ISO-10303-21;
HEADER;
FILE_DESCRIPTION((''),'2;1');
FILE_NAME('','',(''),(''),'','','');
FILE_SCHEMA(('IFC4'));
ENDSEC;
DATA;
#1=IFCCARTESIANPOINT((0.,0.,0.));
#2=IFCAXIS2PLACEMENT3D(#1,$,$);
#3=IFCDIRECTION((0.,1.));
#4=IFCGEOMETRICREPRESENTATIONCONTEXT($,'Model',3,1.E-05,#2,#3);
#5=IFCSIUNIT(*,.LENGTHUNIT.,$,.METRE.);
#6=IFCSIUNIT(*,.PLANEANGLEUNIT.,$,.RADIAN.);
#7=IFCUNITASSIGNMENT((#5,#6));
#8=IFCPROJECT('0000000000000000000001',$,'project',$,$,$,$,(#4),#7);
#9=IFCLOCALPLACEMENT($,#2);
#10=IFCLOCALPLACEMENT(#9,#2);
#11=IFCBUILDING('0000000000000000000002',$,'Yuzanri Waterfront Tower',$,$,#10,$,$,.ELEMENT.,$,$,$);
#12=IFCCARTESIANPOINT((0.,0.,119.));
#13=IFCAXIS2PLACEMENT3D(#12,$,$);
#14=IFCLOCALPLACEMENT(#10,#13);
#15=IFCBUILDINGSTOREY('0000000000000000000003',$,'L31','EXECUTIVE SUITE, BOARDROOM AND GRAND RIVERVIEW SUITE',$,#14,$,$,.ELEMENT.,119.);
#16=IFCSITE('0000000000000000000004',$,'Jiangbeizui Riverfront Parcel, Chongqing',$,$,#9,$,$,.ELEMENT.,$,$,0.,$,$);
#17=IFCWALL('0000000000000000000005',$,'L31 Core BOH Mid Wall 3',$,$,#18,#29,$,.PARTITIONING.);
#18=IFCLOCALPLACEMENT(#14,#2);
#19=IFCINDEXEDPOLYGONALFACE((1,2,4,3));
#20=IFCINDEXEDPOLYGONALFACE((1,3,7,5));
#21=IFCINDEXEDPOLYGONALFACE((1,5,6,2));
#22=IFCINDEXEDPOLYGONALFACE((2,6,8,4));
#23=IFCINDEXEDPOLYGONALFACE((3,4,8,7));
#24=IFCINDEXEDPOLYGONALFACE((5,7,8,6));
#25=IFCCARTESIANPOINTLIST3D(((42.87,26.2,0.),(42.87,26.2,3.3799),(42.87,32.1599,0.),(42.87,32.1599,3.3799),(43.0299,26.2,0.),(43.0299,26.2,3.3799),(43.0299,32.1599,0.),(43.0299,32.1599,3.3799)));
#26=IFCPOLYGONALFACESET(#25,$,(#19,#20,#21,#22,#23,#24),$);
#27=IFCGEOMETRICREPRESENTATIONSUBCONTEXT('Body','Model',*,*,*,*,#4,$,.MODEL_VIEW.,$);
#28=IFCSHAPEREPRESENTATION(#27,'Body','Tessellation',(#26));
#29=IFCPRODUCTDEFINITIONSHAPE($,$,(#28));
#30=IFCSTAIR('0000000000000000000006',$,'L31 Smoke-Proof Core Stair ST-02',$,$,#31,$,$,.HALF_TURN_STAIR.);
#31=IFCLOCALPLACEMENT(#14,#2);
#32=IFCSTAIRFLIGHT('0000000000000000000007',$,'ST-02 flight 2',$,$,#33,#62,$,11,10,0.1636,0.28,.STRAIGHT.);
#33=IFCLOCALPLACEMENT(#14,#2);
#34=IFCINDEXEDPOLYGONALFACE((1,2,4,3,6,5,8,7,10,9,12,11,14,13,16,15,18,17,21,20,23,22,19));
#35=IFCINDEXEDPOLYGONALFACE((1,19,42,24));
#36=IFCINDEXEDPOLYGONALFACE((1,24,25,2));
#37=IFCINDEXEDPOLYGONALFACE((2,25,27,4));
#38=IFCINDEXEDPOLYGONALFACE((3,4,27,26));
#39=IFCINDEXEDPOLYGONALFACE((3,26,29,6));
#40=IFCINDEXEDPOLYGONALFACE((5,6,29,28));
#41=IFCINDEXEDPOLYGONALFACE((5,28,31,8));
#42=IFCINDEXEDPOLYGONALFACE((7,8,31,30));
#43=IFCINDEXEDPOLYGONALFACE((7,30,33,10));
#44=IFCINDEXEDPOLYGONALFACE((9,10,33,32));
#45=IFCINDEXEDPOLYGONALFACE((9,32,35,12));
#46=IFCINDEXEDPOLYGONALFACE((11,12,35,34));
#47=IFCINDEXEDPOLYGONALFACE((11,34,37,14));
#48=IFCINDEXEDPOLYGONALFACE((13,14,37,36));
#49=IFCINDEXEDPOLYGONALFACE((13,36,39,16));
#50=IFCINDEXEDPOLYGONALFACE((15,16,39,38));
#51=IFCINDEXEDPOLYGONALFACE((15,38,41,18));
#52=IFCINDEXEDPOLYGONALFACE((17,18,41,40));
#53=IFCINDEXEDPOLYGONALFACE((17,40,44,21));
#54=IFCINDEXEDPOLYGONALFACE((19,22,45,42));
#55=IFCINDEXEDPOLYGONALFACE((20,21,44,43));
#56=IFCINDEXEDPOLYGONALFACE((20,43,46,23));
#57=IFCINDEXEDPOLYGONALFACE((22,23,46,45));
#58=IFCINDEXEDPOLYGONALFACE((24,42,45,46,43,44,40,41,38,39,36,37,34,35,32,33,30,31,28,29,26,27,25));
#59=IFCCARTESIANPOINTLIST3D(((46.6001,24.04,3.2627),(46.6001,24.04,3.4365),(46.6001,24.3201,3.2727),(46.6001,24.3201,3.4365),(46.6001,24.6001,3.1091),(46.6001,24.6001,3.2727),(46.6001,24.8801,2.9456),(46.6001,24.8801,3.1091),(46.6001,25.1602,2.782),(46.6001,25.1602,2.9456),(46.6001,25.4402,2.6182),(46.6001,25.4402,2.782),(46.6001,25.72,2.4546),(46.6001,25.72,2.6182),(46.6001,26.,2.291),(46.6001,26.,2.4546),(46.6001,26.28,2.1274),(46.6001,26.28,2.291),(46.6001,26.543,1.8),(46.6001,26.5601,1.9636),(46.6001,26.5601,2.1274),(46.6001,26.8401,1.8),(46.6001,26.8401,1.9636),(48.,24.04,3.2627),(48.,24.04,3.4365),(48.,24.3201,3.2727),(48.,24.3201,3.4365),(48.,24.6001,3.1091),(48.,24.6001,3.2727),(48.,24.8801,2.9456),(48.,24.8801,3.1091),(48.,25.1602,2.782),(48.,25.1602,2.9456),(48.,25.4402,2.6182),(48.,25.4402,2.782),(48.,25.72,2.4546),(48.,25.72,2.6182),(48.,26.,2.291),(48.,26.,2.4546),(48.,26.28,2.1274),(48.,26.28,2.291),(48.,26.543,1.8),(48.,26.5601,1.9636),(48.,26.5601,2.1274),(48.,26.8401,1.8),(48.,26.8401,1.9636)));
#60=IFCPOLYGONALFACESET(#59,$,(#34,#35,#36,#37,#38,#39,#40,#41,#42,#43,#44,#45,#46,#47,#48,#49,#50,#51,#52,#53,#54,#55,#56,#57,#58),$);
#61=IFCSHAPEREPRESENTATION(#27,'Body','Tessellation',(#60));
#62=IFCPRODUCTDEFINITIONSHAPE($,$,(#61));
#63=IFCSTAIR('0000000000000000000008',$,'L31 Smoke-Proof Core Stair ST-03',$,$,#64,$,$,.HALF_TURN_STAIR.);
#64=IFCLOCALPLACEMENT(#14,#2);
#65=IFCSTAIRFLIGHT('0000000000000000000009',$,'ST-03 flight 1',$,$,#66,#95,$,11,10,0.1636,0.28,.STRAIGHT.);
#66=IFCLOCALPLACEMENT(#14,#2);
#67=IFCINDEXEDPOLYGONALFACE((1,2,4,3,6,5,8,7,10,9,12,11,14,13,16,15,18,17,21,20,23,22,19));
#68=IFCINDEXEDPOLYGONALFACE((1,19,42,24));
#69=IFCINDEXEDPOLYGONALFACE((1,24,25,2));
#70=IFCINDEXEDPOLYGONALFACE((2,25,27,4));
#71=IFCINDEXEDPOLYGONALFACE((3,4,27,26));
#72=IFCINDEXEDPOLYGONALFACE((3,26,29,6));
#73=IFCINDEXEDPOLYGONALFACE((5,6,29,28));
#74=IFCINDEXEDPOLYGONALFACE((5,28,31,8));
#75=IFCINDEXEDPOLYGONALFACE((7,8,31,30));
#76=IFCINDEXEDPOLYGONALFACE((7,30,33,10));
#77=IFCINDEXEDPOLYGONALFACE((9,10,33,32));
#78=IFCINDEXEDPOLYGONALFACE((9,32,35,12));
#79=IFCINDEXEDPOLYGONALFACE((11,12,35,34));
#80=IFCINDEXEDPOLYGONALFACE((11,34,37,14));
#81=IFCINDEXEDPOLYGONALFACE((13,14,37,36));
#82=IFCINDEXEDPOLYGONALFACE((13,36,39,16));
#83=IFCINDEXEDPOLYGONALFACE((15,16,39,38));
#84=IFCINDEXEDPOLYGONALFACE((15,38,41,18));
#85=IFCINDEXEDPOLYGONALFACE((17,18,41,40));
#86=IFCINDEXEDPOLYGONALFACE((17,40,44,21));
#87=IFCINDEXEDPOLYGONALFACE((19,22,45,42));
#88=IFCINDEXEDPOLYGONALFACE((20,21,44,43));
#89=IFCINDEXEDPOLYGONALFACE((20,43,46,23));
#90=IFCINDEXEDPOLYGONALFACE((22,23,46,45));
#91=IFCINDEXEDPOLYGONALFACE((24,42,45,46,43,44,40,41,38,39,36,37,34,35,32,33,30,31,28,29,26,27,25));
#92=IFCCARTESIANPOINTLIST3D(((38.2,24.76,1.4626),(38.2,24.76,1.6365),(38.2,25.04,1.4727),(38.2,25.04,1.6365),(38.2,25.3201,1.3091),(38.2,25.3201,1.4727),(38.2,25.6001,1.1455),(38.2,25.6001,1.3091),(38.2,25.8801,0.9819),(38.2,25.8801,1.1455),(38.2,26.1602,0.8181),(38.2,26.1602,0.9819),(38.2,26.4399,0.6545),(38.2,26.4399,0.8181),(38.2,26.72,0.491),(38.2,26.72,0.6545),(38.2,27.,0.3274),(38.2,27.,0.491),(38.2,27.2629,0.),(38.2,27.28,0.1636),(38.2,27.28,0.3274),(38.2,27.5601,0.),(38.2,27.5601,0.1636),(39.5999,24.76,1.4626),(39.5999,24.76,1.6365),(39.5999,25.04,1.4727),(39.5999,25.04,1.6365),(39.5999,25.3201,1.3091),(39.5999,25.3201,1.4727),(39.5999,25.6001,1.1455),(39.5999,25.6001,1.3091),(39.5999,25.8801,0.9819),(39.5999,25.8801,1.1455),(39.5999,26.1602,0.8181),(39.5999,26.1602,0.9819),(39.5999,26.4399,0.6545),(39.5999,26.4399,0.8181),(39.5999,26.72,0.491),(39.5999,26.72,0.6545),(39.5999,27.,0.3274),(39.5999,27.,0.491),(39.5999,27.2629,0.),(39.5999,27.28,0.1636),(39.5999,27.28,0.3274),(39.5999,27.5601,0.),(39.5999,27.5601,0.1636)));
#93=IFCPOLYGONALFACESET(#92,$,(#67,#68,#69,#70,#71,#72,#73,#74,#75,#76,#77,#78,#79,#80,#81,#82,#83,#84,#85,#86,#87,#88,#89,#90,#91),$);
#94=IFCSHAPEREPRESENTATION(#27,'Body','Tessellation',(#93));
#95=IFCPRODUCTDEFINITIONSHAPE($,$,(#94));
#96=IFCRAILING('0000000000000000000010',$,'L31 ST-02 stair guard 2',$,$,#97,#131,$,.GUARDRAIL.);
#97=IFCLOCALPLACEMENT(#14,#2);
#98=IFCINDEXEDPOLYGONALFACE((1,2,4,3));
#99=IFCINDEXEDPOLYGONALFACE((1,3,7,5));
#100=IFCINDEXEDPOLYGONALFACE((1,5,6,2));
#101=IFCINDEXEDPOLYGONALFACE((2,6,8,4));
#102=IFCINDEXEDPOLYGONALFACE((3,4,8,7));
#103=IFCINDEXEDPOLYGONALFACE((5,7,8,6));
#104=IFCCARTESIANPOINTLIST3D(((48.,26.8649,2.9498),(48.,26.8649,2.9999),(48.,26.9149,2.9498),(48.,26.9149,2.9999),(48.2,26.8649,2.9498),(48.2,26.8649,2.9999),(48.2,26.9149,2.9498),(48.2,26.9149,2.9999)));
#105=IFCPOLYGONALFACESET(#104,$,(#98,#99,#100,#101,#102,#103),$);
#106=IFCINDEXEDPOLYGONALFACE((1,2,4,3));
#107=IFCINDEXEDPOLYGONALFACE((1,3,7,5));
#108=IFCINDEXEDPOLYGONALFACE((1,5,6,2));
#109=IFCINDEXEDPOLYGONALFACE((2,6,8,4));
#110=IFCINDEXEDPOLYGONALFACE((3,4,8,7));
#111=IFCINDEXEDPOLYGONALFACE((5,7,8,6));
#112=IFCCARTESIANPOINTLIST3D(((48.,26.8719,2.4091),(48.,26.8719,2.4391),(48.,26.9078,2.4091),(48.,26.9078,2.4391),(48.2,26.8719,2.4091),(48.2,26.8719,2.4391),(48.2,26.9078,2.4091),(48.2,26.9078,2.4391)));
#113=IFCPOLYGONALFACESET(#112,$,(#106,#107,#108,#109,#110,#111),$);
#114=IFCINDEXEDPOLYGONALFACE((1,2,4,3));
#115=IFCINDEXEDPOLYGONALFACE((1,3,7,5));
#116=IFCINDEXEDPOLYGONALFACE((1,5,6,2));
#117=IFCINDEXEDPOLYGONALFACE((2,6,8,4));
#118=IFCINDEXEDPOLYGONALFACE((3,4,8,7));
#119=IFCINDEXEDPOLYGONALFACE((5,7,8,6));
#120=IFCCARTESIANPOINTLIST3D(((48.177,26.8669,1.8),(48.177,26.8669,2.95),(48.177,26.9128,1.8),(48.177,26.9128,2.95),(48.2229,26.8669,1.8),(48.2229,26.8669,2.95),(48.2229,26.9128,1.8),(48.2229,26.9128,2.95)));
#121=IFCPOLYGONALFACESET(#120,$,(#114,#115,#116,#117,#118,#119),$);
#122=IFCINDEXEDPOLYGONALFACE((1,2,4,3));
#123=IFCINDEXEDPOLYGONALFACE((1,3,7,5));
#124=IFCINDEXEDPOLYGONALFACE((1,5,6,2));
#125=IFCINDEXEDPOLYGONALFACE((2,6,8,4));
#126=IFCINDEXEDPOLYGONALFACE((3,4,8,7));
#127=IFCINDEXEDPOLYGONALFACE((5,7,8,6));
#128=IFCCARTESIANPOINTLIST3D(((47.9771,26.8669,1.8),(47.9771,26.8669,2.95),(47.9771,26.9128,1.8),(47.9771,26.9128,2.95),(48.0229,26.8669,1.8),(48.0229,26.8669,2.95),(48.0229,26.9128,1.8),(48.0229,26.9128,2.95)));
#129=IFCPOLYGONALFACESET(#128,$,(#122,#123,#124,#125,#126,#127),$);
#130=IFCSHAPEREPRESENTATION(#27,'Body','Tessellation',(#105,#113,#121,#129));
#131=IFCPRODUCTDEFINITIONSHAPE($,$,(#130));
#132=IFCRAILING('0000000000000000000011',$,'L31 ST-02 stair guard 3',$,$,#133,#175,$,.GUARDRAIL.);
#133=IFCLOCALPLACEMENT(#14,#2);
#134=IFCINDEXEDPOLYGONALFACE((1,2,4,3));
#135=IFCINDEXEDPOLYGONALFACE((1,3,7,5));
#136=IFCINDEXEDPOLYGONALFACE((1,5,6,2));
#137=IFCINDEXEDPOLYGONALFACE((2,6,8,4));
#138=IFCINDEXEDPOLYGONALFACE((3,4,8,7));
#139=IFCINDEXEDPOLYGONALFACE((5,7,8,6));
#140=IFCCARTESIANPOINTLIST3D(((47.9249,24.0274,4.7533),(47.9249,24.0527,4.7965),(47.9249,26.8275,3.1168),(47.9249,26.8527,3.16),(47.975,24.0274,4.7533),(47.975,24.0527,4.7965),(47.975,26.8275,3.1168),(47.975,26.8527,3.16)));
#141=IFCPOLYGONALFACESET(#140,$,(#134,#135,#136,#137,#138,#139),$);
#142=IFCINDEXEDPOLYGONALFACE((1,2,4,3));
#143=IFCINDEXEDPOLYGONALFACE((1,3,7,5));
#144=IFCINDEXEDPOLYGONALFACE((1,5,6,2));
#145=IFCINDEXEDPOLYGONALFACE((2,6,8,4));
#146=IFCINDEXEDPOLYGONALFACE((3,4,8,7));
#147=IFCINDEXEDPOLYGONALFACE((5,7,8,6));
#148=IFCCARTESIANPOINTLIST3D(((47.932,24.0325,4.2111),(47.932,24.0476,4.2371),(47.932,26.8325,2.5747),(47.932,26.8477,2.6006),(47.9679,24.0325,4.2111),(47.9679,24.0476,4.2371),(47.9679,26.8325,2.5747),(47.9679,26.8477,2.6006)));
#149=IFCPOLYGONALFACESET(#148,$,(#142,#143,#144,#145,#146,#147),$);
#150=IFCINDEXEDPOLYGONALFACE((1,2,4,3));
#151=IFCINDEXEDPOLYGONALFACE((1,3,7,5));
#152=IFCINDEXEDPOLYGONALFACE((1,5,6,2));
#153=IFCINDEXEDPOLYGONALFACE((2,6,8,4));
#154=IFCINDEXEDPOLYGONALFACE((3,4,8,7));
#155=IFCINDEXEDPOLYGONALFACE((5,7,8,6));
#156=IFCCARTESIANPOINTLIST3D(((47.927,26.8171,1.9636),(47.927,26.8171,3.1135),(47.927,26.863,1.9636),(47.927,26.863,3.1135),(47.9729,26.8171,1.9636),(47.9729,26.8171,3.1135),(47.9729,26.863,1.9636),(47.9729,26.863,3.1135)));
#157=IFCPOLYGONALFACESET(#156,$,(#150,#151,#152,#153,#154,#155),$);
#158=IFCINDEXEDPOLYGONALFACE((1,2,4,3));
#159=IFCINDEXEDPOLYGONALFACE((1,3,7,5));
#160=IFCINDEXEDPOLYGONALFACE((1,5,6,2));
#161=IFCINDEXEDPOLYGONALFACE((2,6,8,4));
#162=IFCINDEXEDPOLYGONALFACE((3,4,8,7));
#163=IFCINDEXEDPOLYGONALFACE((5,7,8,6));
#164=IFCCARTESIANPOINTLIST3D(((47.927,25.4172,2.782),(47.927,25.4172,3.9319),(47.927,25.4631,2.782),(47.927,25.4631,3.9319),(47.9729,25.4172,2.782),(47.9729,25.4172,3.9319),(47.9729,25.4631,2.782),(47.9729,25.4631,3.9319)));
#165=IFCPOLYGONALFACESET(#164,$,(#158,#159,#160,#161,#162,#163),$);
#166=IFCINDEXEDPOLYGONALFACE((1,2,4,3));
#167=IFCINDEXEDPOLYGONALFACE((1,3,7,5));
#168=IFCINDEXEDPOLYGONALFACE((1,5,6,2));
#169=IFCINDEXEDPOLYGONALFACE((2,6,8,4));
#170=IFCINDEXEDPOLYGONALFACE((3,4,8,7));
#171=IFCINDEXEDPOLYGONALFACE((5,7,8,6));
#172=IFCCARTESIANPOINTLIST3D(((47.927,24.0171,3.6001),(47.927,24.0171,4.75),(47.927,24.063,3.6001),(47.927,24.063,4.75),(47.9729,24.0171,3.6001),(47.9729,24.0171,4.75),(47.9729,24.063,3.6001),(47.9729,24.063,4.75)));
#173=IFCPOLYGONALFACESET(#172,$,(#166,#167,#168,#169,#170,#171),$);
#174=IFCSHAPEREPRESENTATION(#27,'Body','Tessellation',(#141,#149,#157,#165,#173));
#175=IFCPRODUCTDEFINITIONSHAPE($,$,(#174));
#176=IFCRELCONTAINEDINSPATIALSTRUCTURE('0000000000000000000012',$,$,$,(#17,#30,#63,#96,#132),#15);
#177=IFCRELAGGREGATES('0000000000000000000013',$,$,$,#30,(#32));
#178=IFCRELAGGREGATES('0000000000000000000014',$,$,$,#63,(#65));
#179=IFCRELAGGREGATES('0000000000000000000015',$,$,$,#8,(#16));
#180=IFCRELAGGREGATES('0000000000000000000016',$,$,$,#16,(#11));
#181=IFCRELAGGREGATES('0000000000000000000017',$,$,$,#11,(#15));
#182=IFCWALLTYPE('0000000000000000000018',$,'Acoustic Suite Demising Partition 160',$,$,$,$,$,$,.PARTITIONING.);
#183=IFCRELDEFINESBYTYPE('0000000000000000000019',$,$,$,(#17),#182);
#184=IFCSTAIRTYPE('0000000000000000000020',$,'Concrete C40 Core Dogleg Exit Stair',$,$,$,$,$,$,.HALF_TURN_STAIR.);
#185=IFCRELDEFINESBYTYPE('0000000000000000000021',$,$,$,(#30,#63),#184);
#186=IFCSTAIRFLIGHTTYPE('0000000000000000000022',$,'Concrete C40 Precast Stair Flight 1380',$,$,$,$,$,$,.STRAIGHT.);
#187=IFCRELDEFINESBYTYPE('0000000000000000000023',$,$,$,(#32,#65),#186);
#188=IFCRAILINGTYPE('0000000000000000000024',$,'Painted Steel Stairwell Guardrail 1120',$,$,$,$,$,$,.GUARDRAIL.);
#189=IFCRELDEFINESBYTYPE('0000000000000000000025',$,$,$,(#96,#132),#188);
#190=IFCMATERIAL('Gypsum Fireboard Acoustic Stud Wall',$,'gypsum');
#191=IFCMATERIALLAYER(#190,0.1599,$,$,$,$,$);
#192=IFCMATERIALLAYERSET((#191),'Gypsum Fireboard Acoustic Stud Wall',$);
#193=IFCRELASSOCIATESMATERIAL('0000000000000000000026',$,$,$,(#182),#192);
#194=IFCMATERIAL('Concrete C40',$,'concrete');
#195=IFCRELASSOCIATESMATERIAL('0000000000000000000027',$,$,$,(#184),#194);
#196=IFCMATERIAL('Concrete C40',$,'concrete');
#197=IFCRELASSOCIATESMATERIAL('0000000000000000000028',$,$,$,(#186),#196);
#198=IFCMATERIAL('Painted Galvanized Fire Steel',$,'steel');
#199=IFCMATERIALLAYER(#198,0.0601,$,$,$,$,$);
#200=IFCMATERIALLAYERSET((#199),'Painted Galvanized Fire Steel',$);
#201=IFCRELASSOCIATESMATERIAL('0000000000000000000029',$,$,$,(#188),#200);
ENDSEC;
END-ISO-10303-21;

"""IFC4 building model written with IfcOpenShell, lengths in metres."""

from ifc_helpers import new_model, si_unit, direction, frame, frame_2d, origin, origin_2d, place, context, subcontext, project, spatial, polyline, rectangle, outline, extrude, source, transform, mapped, material, layer, layer_set, type_object, element, aggregate, save


model = new_model("IFC4")

# Units and contexts
model_context = context("Model", 3, precision=1e-05, world=origin(), true_north=direction((0.0, 1.0)))
body_context = subcontext(model_context, "Body", "Model", "MODEL_VIEW")
ifc_project = project(units=[si_unit("LENGTHUNIT", "METRE"), si_unit("PLANEANGLEUNIT", "RADIAN")], contexts=[model_context])

# Site, building, storey
site_placement = place(None, origin())
site = spatial("IfcSite", under=ifc_project, at=site_placement, Name="Jiangbeizui Riverfront Parcel, Chongqing", CompositionType="ELEMENT", RefElevation=0.0)
building_placement = place(site_placement, origin())
building = spatial("IfcBuilding", under=site, at=building_placement, Name="Yuzanri Waterfront Tower", CompositionType="ELEMENT")
storey_placement = place(building_placement, frame((0.0, 0.0, 119.0)))
storey = spatial("IfcBuildingStorey", under=building, at=storey_placement, Name="L31", Description="EXECUTIVE SUITE, BOARDROOM AND GRAND RIVERVIEW SUITE", CompositionType="ELEMENT", Elevation=119.0)

# Wall
ifc_material_1 = material(Name="Gypsum Fireboard Acoustic Stud Wall", Category="gypsum")
ifc_layer_1 = layer(ifc_material_1, 0.1599)
ifc_layer_set_1 = layer_set([ifc_layer_1], Name="Gypsum Fireboard Acoustic Stud Wall")
wall_type_1 = type_object("IfcWallType", Name="Acoustic Suite Demising Partition 160", PredefinedType="PARTITIONING", material=ifc_layer_set_1)
shared_shape_1 = source(origin(), body_context, "Body", "SweptSolid", [
    extrude(rectangle(XDim=5.96, YDim=0.1599, at=frame_2d((2.98, 0.0))), origin(), (0.0, 0.0, 1.0), 3.3799),
])
wall_1_placement = place(storey_placement, frame((42.95, 26.2, 0.0), z_axis=(0.0, 0.0, 1.0), x_axis=(0.0, 1.0, 0.0)))
element("IfcWall", 1, at=wall_1_placement, inside=storey, type_object=wall_type_1, Name="L31 Core BOH Mid Wall 3", PredefinedType="PARTITIONING", context=body_context, shape_type="MappedRepresentation", body=[
    mapped(shared_shape_1, transform((0.0, 0.0, 0.0), scale=1.0)),
])

# Stairs, stair flights
ifc_material_2 = material(Name="Concrete C40", Category="concrete")
stair_type = type_object("IfcStairType", Name="Concrete C40 Core Dogleg Exit Stair", PredefinedType="HALF_TURN_STAIR", material=ifc_material_2)
stair_1_placement = place(storey_placement, origin())
stair_1 = element("IfcStair", 2, at=stair_1_placement, inside=storey, type_object=stair_type, Name="L31 Smoke-Proof Core Stair ST-02", PredefinedType="HALF_TURN_STAIR")
ifc_material_3 = material(Name="Concrete C40", Category="concrete")
stair_flight_type = type_object("IfcStairFlightType", Name="Concrete C40 Precast Stair Flight 1380", PredefinedType="STRAIGHT", material=ifc_material_3)
shared_shape_2 = source(origin(), body_context, "Body", "SweptSolid", [
    extrude(outline(polyline([(0.0, 0.0), (0.0, 0.1636), (0.28, 0.1636), (0.28, 0.3274), (0.5601, 0.3274), (0.5601, 0.491), (0.8401, 0.491), (0.8401, 0.6545), (1.1201, 0.6545), (1.1201, 0.8181), (1.3999, 0.8181), (1.3999, 0.9819), (1.6799, 0.9819), (1.6799, 1.1455), (1.96, 1.1455), (1.96, 1.3091), (2.24, 1.3091), (2.24, 1.4727), (2.52, 1.4727), (2.52, 1.6365), (2.8, 1.6365), (2.8, 1.8), (2.8, 1.4626), (0.2971, 0.0), (0.0, 0.0)])), frame((0.0, 0.7, 0.0), z_axis=(0.0, -1.0, 0.0), x_axis=(1.0, 0.0, 0.0)), (0.0, 0.0, 1.0), 1.3999),
])
stair_flight_1_placement = place(storey_placement, frame((47.3, 26.8401, 1.8), z_axis=(0.0, 0.0, 1.0), x_axis=(0.0, -1.0, 0.0)))
stair_flight_1 = element("IfcStairFlight", 3, at=stair_flight_1_placement, type_object=stair_flight_type, Name="ST-02 flight 2", NumberOfRisers=11, NumberOfTreads=10, PredefinedType="STRAIGHT", RiserHeight=0.1636, TreadLength=0.28, context=body_context, shape_type="MappedRepresentation", body=[
    mapped(shared_shape_2, transform((0.0, 0.0, 0.0), scale=1.0)),
])
aggregate(stair_1, [stair_flight_1])
stair_2_placement = place(storey_placement, origin())
stair_2 = element("IfcStair", 4, at=stair_2_placement, inside=storey, type_object=stair_type, Name="L31 Smoke-Proof Core Stair ST-03", PredefinedType="HALF_TURN_STAIR")
stair_flight_2_placement = place(storey_placement, frame((38.8999, 27.5601, 0.0), z_axis=(0.0, 0.0, 1.0), x_axis=(0.0, -1.0, 0.0)))
stair_flight_2 = element("IfcStairFlight", 5, at=stair_flight_2_placement, type_object=stair_flight_type, Name="ST-03 flight 1", NumberOfRisers=11, NumberOfTreads=10, PredefinedType="STRAIGHT", RiserHeight=0.1636, TreadLength=0.28, context=body_context, shape_type="MappedRepresentation", body=[
    mapped(shared_shape_2, transform((0.0, 0.0, 0.0), scale=1.0)),
])
aggregate(stair_2, [stair_flight_2])

# Railings
ifc_material_4 = material(Name="Painted Galvanized Fire Steel", Category="steel")
ifc_layer_2 = layer(ifc_material_4, 0.0601)
ifc_layer_set_2 = layer_set([ifc_layer_2], Name="Painted Galvanized Fire Steel")
railing_type_1 = type_object("IfcRailingType", Name="Painted Steel Stairwell Guardrail 1120", PredefinedType="GUARDRAIL", material=ifc_layer_set_2)
shared_shape_3 = source(origin(), body_context, "Body", "SweptSolid", [
    extrude(rectangle(XDim=0.05, YDim=0.05, at=origin_2d()), frame((0.0, 0.0, 1.1748), z_axis=(-1.0, 0.0, 0.0), x_axis=(0.0, -1.0, 0.0)), (0.0, 0.0, 1.0), 0.2),
    extrude(rectangle(XDim=0.0359, YDim=0.03, at=origin_2d()), frame((0.0, 0.0, 0.624), z_axis=(-1.0, 0.0, 0.0), x_axis=(0.0, -1.0, 0.0)), (0.0, 0.0, 1.0), 0.2),
    extrude(rectangle(XDim=0.0459, YDim=0.0459, at=origin_2d()), origin(), (0.0, 0.0, 1.0), 1.1499),
    extrude(rectangle(XDim=0.0459, YDim=0.0459, at=origin_2d()), frame((-0.2, 0.0, 0.0)), (0.0, 0.0, 1.0), 1.1499),
])
railing_1_placement = place(storey_placement, frame((48.2, 26.8899, 1.8)))
element("IfcRailing", 6, at=railing_1_placement, inside=storey, type_object=railing_type_1, Name="L31 ST-02 stair guard 2", PredefinedType="GUARDRAIL", context=body_context, shape_type="MappedRepresentation", body=[
    mapped(shared_shape_3, transform((0.0, 0.0, 0.0), scale=1.0)),
])
shared_shape_4 = source(origin(), body_context, "Body", "SweptSolid", [
    extrude(rectangle(XDim=0.05, YDim=0.05, at=origin_2d()), frame((0.0, 0.0, 1.1748), z_axis=(0.0, -0.863361, 0.504587), x_axis=(1.0, 0.0, 0.0)), (0.0, 0.0, 1.0), 3.2432),
    extrude(rectangle(XDim=0.0359, YDim=0.03, at=origin_2d()), frame((0.0, 0.0, 0.624), z_axis=(0.0, -0.863361, 0.504587), x_axis=(1.0, 0.0, 0.0)), (0.0, 0.0, 1.0), 3.2432),
    extrude(rectangle(XDim=0.0459, YDim=0.0459, at=origin_2d()), origin(), (0.0, 0.0, 1.0), 1.1499),
    extrude(rectangle(XDim=0.0459, YDim=0.0459, at=origin_2d()), frame((0.0, -1.3999, 0.8184)), (0.0, 0.0, 1.0), 1.1499),
    extrude(rectangle(XDim=0.0459, YDim=0.0459, at=origin_2d()), frame((0.0, -2.8, 1.6365)), (0.0, 0.0, 1.0), 1.1499),
])
for number, where, name in (
    (7, (47.95, 26.8401, 1.9636), "L31 ST-02 stair guard 3"),
):
    element("IfcRailing", number, at=place(storey_placement, frame(where)), inside=storey, type_object=railing_type_1, Name=name, PredefinedType="GUARDRAIL", context=body_context, shape_type="MappedRepresentation", body=[
        mapped(shared_shape_4, transform((0.0, 0.0, 0.0), scale=1.0)),
    ])

save(model, "model.ifc")
